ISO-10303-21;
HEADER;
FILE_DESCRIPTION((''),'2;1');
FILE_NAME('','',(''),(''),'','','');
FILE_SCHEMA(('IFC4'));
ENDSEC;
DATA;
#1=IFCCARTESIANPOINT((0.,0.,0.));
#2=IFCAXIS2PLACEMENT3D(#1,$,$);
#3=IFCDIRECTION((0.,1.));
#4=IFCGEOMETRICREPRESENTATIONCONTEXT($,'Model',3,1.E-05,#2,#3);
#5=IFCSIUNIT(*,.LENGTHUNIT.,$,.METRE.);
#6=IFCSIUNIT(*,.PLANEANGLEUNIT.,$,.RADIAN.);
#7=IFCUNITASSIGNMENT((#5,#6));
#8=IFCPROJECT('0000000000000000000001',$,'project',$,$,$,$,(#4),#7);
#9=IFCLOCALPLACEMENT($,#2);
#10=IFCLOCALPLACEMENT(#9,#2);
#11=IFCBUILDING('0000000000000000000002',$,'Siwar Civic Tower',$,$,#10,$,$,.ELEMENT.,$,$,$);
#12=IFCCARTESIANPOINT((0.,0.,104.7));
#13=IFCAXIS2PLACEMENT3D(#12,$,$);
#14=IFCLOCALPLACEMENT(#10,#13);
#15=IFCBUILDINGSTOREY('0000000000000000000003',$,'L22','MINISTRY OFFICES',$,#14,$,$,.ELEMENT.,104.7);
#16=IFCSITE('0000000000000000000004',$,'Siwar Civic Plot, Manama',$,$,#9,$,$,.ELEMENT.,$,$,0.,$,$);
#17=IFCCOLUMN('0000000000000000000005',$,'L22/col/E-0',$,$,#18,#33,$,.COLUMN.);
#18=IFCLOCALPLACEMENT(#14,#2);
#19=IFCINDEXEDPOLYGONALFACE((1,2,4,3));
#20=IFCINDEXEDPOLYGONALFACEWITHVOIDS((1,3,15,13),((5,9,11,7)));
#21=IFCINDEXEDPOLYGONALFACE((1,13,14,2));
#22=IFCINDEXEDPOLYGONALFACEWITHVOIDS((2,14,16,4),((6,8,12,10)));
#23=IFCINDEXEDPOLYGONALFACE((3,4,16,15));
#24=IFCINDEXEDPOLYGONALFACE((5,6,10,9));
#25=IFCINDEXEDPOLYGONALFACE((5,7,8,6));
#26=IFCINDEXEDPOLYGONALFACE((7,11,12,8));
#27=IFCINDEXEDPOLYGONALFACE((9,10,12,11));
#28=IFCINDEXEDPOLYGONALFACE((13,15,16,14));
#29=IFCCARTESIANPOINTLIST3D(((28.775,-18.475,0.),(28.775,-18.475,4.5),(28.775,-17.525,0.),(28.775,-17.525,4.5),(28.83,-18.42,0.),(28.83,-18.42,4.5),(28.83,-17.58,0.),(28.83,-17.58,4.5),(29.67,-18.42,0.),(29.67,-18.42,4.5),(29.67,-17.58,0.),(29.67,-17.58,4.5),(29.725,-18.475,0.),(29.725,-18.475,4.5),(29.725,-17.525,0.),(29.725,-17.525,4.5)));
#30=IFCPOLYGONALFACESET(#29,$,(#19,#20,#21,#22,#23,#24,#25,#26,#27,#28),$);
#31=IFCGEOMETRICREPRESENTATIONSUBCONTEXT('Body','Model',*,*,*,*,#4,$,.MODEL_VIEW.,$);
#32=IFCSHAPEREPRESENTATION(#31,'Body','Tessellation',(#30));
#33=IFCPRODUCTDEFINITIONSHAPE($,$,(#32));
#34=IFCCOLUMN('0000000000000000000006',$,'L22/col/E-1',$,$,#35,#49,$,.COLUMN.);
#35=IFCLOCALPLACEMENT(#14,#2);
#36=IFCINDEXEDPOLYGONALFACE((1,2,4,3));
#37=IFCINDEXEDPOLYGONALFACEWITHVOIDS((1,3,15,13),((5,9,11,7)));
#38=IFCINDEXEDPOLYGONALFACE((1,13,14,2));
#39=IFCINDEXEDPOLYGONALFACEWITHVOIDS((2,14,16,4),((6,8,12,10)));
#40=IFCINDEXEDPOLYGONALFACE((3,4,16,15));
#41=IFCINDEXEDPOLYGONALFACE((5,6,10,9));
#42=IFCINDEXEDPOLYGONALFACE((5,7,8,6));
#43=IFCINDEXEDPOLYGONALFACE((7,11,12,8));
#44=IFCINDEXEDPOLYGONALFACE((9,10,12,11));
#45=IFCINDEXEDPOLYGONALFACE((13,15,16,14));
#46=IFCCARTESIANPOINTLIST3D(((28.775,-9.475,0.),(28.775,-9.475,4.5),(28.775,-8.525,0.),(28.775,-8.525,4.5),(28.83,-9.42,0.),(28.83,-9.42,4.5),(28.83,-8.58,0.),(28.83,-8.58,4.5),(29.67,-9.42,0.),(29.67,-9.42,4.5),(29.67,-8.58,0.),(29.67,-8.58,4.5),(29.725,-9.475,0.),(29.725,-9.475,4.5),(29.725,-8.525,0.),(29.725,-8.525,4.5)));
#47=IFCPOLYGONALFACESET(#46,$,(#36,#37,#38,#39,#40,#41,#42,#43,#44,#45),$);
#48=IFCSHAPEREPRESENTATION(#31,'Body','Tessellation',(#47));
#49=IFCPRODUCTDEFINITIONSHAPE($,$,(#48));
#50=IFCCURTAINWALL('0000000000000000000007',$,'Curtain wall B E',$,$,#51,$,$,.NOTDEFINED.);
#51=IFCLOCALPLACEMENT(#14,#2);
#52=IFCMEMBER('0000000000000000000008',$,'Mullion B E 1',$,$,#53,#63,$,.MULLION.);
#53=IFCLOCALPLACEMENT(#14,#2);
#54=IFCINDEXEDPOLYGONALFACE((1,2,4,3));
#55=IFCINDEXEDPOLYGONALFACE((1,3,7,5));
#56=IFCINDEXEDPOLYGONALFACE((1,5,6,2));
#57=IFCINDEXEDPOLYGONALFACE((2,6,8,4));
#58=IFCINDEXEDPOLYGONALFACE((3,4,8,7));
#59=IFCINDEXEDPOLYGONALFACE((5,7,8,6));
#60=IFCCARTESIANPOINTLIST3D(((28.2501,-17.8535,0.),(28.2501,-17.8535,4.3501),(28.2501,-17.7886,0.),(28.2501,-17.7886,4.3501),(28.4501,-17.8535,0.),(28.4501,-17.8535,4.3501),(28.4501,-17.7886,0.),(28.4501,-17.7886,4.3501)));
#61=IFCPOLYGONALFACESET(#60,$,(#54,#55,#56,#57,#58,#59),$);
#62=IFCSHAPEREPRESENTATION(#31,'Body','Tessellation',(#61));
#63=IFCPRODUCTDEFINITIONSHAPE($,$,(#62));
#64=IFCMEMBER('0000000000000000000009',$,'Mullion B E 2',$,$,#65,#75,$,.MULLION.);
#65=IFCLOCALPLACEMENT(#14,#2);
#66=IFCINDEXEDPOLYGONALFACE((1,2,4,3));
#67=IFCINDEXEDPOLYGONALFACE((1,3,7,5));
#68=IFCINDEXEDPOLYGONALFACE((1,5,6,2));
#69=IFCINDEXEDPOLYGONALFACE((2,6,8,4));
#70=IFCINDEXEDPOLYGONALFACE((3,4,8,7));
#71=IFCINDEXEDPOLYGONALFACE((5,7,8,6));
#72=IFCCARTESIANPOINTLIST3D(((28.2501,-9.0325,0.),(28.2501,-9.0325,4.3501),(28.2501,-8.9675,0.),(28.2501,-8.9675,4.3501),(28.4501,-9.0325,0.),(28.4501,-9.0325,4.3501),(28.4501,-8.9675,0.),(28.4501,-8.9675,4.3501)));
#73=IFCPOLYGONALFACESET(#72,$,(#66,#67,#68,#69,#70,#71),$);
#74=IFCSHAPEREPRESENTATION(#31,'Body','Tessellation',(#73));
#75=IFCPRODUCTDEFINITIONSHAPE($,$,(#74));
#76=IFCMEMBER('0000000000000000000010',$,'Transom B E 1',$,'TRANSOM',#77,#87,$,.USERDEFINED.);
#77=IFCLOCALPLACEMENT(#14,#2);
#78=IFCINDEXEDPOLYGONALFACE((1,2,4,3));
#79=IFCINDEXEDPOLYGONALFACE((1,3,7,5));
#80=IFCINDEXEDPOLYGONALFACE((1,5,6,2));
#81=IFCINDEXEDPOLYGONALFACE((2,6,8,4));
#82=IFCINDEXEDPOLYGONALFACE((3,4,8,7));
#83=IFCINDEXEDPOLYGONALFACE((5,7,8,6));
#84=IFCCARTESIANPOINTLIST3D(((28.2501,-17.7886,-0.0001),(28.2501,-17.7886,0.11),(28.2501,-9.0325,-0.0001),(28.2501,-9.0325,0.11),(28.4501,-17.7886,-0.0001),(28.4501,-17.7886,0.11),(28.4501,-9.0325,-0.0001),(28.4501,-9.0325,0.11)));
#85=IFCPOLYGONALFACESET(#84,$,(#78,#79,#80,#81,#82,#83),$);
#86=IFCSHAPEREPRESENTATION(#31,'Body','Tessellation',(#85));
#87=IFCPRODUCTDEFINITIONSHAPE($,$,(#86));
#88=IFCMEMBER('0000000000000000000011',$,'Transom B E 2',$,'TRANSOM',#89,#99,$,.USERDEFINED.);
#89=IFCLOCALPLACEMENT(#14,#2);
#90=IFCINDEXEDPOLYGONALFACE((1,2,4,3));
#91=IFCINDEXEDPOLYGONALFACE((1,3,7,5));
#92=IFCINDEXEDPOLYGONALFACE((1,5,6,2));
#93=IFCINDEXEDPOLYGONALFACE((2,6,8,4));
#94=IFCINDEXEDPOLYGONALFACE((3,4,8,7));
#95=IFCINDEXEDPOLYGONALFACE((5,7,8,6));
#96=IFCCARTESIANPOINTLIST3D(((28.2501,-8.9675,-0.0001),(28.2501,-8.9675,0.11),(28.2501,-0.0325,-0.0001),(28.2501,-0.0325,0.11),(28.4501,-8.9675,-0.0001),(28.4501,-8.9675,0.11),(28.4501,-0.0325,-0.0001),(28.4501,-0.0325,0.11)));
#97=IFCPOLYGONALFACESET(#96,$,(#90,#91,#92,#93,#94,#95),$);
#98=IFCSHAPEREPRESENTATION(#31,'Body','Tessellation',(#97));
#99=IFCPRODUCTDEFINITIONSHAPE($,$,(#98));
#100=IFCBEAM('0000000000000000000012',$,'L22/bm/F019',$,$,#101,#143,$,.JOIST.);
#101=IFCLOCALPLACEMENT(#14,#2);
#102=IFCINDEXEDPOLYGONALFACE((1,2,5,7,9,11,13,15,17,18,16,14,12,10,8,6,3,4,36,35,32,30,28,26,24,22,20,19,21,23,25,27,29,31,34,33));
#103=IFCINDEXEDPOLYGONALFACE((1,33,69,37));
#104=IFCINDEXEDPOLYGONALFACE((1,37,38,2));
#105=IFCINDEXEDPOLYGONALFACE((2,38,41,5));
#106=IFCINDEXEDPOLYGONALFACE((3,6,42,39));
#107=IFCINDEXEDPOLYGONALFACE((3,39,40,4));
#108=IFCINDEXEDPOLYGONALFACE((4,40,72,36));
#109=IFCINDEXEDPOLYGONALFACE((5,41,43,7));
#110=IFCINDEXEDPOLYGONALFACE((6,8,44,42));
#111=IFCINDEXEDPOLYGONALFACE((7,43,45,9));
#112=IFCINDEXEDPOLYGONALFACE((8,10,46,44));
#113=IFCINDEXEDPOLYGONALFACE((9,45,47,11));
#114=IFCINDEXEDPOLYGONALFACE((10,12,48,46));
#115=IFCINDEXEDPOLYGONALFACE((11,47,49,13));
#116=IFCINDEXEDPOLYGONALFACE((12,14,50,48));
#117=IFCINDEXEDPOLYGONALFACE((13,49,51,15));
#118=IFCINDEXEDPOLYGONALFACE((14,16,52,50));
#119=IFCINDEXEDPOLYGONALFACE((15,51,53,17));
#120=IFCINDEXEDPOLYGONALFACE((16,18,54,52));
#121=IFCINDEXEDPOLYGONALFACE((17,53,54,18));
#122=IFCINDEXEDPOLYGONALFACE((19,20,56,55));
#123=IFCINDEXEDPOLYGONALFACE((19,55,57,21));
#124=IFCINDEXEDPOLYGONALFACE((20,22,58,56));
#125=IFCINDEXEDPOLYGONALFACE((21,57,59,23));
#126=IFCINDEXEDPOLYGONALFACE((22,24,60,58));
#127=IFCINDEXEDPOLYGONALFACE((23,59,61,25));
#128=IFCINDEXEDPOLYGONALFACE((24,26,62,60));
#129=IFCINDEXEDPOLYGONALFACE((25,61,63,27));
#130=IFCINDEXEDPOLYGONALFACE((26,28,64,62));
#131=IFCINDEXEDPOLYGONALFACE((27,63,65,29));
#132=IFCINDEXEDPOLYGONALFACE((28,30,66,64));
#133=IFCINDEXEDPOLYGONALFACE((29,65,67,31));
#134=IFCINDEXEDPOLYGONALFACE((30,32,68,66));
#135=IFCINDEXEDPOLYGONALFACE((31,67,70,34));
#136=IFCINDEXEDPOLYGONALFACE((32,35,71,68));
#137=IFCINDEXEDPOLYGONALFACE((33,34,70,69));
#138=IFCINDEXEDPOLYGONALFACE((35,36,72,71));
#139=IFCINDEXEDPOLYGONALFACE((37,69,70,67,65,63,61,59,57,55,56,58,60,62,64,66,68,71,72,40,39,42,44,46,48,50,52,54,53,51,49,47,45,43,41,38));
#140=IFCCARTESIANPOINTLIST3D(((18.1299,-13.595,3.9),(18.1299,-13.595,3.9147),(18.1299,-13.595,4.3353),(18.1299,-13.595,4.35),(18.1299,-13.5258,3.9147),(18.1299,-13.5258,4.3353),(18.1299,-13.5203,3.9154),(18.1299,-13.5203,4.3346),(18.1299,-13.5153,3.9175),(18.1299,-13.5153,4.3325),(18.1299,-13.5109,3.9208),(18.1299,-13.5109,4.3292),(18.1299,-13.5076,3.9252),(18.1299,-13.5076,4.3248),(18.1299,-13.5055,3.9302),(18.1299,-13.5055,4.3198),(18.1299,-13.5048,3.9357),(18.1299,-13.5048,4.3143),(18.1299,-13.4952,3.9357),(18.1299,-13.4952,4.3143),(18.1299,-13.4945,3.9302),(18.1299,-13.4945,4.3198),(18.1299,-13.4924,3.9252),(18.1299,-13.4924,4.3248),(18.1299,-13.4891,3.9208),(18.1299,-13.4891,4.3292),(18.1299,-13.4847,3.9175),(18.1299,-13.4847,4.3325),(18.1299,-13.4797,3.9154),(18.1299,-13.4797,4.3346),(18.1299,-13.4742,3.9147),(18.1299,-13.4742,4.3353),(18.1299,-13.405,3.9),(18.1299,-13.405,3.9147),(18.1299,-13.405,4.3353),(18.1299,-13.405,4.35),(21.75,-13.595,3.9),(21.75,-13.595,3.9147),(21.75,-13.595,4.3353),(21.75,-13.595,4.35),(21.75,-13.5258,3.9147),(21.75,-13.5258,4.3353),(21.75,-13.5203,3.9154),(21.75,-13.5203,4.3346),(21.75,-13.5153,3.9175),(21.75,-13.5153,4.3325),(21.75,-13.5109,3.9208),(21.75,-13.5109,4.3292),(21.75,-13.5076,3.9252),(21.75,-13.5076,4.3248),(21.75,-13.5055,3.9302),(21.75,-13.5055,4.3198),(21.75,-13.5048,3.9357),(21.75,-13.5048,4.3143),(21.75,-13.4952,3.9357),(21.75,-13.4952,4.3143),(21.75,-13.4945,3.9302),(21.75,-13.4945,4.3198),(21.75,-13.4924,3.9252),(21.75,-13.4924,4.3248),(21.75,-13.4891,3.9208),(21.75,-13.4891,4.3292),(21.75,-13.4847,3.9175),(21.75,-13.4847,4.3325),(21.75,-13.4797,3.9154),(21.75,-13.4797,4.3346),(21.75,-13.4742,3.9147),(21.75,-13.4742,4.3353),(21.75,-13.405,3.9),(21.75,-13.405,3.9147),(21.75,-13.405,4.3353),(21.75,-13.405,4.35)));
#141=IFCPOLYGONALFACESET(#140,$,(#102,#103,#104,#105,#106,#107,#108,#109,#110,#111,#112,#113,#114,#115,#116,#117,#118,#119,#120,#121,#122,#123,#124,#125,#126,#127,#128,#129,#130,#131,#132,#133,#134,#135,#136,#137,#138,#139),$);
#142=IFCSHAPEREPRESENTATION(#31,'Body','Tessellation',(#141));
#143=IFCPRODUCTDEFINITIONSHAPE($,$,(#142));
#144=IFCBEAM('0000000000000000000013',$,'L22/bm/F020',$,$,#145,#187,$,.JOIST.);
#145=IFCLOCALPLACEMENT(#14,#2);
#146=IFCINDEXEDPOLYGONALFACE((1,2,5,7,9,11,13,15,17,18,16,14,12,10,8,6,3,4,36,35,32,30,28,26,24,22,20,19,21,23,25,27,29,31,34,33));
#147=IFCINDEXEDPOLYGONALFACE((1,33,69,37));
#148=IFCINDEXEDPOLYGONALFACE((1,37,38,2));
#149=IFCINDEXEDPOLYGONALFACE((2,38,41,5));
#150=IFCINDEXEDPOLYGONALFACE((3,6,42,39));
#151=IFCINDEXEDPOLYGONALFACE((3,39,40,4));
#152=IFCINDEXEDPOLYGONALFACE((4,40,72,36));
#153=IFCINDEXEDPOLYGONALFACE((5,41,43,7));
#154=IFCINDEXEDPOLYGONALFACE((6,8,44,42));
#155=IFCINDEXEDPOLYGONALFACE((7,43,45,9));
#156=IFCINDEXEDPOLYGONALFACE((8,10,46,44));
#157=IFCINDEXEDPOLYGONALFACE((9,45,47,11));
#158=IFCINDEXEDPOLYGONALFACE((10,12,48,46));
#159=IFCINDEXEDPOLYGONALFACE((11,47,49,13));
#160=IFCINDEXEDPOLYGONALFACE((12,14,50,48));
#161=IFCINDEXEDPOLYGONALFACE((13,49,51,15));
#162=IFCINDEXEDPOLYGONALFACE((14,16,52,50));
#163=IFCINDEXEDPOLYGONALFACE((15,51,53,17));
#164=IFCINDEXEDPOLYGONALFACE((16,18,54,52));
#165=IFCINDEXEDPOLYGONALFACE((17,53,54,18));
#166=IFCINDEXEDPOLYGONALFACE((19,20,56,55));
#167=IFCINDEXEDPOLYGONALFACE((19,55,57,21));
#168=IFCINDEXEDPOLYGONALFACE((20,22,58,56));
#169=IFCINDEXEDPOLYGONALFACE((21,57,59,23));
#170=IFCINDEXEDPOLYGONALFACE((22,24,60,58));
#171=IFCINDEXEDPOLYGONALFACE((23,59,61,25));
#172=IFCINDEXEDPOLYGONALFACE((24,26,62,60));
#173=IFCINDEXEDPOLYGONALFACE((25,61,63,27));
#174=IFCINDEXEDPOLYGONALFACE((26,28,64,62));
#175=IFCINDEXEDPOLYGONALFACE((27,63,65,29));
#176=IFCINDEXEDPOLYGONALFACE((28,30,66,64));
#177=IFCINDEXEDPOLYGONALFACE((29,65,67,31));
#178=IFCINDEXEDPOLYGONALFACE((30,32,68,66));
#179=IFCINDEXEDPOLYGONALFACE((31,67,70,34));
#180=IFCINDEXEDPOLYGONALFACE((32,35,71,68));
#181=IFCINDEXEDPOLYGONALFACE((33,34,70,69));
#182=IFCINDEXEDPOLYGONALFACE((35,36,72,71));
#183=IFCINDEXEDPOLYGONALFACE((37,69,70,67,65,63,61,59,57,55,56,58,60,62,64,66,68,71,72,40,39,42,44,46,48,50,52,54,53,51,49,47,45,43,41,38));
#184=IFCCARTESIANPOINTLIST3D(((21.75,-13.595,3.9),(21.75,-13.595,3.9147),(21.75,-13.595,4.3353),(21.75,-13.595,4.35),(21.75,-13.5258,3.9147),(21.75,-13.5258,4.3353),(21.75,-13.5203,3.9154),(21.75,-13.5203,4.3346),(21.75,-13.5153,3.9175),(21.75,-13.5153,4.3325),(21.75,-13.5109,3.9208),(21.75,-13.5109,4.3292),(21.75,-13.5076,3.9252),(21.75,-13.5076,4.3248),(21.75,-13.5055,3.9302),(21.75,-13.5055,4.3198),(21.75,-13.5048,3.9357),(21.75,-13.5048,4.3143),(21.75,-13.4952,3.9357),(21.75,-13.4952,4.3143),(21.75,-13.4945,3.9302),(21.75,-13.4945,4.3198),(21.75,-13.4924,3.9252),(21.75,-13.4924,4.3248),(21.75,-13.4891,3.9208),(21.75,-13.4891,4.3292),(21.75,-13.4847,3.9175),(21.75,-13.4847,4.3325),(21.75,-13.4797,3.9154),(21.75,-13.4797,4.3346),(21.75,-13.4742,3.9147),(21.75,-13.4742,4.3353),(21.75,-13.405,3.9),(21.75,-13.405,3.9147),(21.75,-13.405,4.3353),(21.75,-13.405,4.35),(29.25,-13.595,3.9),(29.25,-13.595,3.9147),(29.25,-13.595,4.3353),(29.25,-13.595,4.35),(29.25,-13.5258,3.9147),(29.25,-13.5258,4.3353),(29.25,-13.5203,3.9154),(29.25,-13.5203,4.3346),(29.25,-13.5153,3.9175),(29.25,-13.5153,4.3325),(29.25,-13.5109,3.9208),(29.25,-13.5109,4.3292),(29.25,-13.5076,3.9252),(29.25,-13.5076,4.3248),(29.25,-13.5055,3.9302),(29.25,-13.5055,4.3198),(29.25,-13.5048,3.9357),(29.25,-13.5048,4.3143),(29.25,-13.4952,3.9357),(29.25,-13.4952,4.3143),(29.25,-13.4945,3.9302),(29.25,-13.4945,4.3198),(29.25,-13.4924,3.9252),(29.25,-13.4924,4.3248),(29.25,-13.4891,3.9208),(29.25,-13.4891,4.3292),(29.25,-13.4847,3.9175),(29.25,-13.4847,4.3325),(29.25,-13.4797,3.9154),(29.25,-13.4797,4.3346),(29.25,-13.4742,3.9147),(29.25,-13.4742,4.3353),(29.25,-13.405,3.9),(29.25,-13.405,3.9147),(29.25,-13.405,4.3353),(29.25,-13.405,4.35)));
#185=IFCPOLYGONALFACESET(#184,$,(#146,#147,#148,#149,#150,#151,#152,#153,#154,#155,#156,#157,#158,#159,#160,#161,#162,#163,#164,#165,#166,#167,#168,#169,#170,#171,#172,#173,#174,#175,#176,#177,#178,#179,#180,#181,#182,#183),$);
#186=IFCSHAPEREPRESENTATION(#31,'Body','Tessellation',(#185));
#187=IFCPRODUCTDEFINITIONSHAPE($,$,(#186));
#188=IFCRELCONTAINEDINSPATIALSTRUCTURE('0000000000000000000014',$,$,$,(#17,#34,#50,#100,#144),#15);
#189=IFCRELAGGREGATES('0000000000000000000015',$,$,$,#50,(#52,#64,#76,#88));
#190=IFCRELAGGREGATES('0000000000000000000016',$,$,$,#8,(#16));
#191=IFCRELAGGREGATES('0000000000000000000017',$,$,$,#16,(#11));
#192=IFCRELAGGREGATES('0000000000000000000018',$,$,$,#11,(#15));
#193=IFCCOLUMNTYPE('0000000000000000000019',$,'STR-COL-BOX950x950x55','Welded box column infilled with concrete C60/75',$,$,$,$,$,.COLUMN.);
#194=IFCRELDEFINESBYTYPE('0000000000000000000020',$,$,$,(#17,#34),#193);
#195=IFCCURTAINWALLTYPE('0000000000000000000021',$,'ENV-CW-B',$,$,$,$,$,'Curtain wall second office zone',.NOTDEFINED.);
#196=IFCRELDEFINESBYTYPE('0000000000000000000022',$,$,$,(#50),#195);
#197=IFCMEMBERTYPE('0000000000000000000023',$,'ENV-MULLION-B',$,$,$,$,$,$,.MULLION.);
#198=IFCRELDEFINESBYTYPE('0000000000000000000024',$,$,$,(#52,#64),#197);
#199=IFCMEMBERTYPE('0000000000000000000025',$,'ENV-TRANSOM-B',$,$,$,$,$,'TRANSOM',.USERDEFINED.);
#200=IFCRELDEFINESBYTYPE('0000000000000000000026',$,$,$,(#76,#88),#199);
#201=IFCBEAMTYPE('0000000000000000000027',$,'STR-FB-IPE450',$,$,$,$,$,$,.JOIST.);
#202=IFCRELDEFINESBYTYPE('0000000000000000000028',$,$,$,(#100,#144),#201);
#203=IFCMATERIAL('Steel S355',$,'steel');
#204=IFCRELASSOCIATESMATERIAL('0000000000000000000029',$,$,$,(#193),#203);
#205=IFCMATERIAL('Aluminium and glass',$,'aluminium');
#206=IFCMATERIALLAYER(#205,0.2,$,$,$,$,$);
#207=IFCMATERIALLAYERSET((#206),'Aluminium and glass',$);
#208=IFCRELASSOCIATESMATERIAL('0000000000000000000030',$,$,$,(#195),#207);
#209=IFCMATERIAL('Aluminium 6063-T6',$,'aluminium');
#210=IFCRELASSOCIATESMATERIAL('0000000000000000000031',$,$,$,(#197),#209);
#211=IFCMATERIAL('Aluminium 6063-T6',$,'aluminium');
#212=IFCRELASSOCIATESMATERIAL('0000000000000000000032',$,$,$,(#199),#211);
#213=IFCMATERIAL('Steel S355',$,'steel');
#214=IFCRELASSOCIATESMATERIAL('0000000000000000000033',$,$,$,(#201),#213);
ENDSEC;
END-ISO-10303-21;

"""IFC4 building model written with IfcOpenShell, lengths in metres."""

from ifc_helpers import new_model, si_unit, direction, frame, origin, origin_2d, place, context, subcontext, project, spatial, rectangle, hollow_rectangle, i_section, extrude, material, layer, layer_set, material_profile, profile_set, type_object, element, aggregate, save


model = new_model("IFC4")

# Units and contexts
model_context = context("Model", 3, precision=1e-05, world=origin(), true_north=direction((0.0, 1.0)))
body_context = subcontext(model_context, "Body", "Model", "MODEL_VIEW")
ifc_project = project(units=[si_unit("LENGTHUNIT", "METRE"), si_unit("PLANEANGLEUNIT", "RADIAN")], contexts=[model_context])

# Site, building, storey
site_placement = place(None, origin())
site = spatial("IfcSite", under=ifc_project, at=site_placement, Name="Siwar Civic Plot, Manama", CompositionType="ELEMENT", RefElevation=0.0)
building_placement = place(site_placement, origin())
building = spatial("IfcBuilding", under=site, at=building_placement, Name="Siwar Civic Tower", CompositionType="ELEMENT")
storey_placement = place(building_placement, frame((0.0, 0.0, 104.7)))
storey = spatial("IfcBuildingStorey", under=building, at=storey_placement, Name="L22", Description="MINISTRY OFFICES", CompositionType="ELEMENT", Elevation=104.7)

# Columns
ifc_material_1 = material(Name="Steel S355", Category="steel")
ifc_material_profile_1 = material_profile(ifc_material_1, hollow_rectangle(XDim=0.95, YDim=0.95, WallThickness=0.0549, at=origin_2d()), Name="BOX950x950x55")
ifc_profile_set_1 = profile_set([ifc_material_profile_1], Name="Steel S355")
column_type = type_object("IfcColumnType", Name="STR-COL-BOX950x950x55", Description="Welded box column infilled with concrete C60/75", PredefinedType="COLUMN", material=ifc_profile_set_1)
for number, where, z_axis, x_axis, name in (
    (1, (29.25, -18.0, 0.0), (0.0, 0.0, 1.0), (1.0, 0.0, 0.0), "L22/col/E-0"),
    (2, (29.25, -9.0, 0.0), (0.0, 0.0, 1.0), (1.0, 0.0, 0.0), "L22/col/E-1"),
):
    element("IfcColumn", number, at=place(storey_placement, frame(where, z_axis=z_axis, x_axis=x_axis)), inside=storey, type_object=column_type, Name=name, PredefinedType="COLUMN", context=body_context, shape_type="SweptSolid", body=[
        extrude(hollow_rectangle(XDim=0.95, YDim=0.95, WallThickness=0.0549, at=origin_2d()), origin(), (0.0, 0.0, 1.0), 4.5),
    ])

# Curtain wall, members
ifc_material_2 = material(Name="Aluminium and glass", Category="aluminium")
ifc_layer_1 = layer(ifc_material_2, 0.2)
ifc_layer_set_1 = layer_set([ifc_layer_1], Name="Aluminium and glass")
curtain_wall_type = type_object("IfcCurtainWallType", Name="ENV-CW-B", ElementType="Curtain wall second office zone", PredefinedType="NOTDEFINED", material=ifc_layer_set_1)
curtain_wall_placement = place(storey_placement, origin())
curtain_wall = element("IfcCurtainWall", 3, at=curtain_wall_placement, inside=storey, type_object=curtain_wall_type, Name="Curtain wall B E", PredefinedType="NOTDEFINED")
ifc_material_3 = material(Name="Aluminium 6063-T6", Category="aluminium")
ifc_material_profile_2 = material_profile(ifc_material_3, rectangle(XDim=0.2, YDim=0.0649, at=origin_2d()), Name="AL 200x65")
ifc_profile_set_2 = profile_set([ifc_material_profile_2], Name="Aluminium 6063-T6")
member_type_1 = type_object("IfcMemberType", Name="ENV-MULLION-B", PredefinedType="MULLION", material=ifc_profile_set_2)
member_1_placement = place(storey_placement, frame((28.3501, -17.821, 0.0), z_axis=(0.0, 0.0, 1.0), x_axis=(-1.0, 0.0, 0.0)))
member_1 = element("IfcMember", 4, at=member_1_placement, type_object=member_type_1, Name="Mullion B E 1", PredefinedType="MULLION", context=body_context, shape_type="SweptSolid", body=[
    extrude(rectangle(XDim=0.2, YDim=0.0649, at=origin_2d()), origin(), (0.0, 0.0, 1.0), 4.3501),
])
member_2_placement = place(storey_placement, frame((28.3501, -9.0, 0.0), z_axis=(0.0, 0.0, 1.0), x_axis=(-1.0, 0.0, 0.0)))
member_2 = element("IfcMember", 5, at=member_2_placement, type_object=member_type_1, Name="Mullion B E 2", PredefinedType="MULLION", context=body_context, shape_type="SweptSolid", body=[
    extrude(rectangle(XDim=0.2, YDim=0.0649, at=origin_2d()), origin(), (0.0, 0.0, 1.0), 4.3501),
])
ifc_material_4 = material(Name="Aluminium 6063-T6", Category="aluminium")
ifc_material_profile_3 = material_profile(ifc_material_4, rectangle(XDim=0.2, YDim=0.1101, at=origin_2d()), Name="AL 200x110")
ifc_profile_set_3 = profile_set([ifc_material_profile_3], Name="Aluminium 6063-T6")
member_type_2 = type_object("IfcMemberType", Name="ENV-TRANSOM-B", ElementType="TRANSOM", PredefinedType="USERDEFINED", material=ifc_profile_set_3)
member_3_placement = place(storey_placement, frame((28.3501, -17.7886, 0.0549), z_axis=(0.0, 1.0, 0.0), x_axis=(-1.0, 0.0, 0.0)))
member_3 = element("IfcMember", 6, at=member_3_placement, type_object=member_type_2, Name="Transom B E 1", ObjectType="TRANSOM", PredefinedType="USERDEFINED", context=body_context, shape_type="SweptSolid", body=[
    extrude(rectangle(XDim=0.2, YDim=0.1101, at=origin_2d()), origin(), (0.0, 0.0, 1.0), 8.7561),
])
member_4_placement = place(storey_placement, frame((28.3501, -8.9675, 0.0549), z_axis=(0.0, 1.0, 0.0), x_axis=(-1.0, 0.0, 0.0)))
member_4 = element("IfcMember", 7, at=member_4_placement, type_object=member_type_2, Name="Transom B E 2", ObjectType="TRANSOM", PredefinedType="USERDEFINED", context=body_context, shape_type="SweptSolid", body=[
    extrude(rectangle(XDim=0.2, YDim=0.1101, at=origin_2d()), origin(), (0.0, 0.0, 1.0), 8.9351),
])

# Beams
ifc_material_5 = material(Name="Steel S355", Category="steel")
ifc_material_profile_4 = material_profile(ifc_material_5, i_section(OverallWidth=0.1899, OverallDepth=0.45, WebThickness=0.0095, FlangeThickness=0.0146, FilletRadius=0.021, at=origin_2d()), Name="IPE450")
ifc_profile_set_4 = profile_set([ifc_material_profile_4], Name="Steel S355")
beam_type_1 = type_object("IfcBeamType", Name="STR-FB-IPE450", PredefinedType="JOIST", material=ifc_profile_set_4)
beam_placement = place(storey_placement, frame((18.1299, -13.5, 4.125), z_axis=(1.0, 0.0, 0.0), x_axis=(0.0, 1.0, 0.0)))
element("IfcBeam", 8, at=beam_placement, inside=storey, type_object=beam_type_1, Name="L22/bm/F019", PredefinedType="JOIST", context=body_context, shape_type="SweptSolid", body=[
    extrude(i_section(OverallWidth=0.1899, OverallDepth=0.45, WebThickness=0.0095, FlangeThickness=0.0146, FilletRadius=0.021, at=origin_2d()), origin(), (0.0, 0.0, 1.0), 3.6201),
])
for number, where, z_axis, x_axis, name in (
    (9, (21.75, -13.5, 4.125), (1.0, 0.0, 0.0), (0.0, 1.0, 0.0), "L22/bm/F020"),
):
    element("IfcBeam", number, at=place(storey_placement, frame(where, z_axis=z_axis, x_axis=x_axis)), inside=storey, type_object=beam_type_1, Name=name, PredefinedType="JOIST", context=body_context, shape_type="SweptSolid", body=[
        extrude(i_section(OverallWidth=0.1899, OverallDepth=0.45, WebThickness=0.0095, FlangeThickness=0.0146, FilletRadius=0.021, at=origin_2d()), origin(), (0.0, 0.0, 1.0), 7.5),
    ])

aggregate(curtain_wall, [member_1, member_2, member_3, member_4])

save(model, "model.ifc")
